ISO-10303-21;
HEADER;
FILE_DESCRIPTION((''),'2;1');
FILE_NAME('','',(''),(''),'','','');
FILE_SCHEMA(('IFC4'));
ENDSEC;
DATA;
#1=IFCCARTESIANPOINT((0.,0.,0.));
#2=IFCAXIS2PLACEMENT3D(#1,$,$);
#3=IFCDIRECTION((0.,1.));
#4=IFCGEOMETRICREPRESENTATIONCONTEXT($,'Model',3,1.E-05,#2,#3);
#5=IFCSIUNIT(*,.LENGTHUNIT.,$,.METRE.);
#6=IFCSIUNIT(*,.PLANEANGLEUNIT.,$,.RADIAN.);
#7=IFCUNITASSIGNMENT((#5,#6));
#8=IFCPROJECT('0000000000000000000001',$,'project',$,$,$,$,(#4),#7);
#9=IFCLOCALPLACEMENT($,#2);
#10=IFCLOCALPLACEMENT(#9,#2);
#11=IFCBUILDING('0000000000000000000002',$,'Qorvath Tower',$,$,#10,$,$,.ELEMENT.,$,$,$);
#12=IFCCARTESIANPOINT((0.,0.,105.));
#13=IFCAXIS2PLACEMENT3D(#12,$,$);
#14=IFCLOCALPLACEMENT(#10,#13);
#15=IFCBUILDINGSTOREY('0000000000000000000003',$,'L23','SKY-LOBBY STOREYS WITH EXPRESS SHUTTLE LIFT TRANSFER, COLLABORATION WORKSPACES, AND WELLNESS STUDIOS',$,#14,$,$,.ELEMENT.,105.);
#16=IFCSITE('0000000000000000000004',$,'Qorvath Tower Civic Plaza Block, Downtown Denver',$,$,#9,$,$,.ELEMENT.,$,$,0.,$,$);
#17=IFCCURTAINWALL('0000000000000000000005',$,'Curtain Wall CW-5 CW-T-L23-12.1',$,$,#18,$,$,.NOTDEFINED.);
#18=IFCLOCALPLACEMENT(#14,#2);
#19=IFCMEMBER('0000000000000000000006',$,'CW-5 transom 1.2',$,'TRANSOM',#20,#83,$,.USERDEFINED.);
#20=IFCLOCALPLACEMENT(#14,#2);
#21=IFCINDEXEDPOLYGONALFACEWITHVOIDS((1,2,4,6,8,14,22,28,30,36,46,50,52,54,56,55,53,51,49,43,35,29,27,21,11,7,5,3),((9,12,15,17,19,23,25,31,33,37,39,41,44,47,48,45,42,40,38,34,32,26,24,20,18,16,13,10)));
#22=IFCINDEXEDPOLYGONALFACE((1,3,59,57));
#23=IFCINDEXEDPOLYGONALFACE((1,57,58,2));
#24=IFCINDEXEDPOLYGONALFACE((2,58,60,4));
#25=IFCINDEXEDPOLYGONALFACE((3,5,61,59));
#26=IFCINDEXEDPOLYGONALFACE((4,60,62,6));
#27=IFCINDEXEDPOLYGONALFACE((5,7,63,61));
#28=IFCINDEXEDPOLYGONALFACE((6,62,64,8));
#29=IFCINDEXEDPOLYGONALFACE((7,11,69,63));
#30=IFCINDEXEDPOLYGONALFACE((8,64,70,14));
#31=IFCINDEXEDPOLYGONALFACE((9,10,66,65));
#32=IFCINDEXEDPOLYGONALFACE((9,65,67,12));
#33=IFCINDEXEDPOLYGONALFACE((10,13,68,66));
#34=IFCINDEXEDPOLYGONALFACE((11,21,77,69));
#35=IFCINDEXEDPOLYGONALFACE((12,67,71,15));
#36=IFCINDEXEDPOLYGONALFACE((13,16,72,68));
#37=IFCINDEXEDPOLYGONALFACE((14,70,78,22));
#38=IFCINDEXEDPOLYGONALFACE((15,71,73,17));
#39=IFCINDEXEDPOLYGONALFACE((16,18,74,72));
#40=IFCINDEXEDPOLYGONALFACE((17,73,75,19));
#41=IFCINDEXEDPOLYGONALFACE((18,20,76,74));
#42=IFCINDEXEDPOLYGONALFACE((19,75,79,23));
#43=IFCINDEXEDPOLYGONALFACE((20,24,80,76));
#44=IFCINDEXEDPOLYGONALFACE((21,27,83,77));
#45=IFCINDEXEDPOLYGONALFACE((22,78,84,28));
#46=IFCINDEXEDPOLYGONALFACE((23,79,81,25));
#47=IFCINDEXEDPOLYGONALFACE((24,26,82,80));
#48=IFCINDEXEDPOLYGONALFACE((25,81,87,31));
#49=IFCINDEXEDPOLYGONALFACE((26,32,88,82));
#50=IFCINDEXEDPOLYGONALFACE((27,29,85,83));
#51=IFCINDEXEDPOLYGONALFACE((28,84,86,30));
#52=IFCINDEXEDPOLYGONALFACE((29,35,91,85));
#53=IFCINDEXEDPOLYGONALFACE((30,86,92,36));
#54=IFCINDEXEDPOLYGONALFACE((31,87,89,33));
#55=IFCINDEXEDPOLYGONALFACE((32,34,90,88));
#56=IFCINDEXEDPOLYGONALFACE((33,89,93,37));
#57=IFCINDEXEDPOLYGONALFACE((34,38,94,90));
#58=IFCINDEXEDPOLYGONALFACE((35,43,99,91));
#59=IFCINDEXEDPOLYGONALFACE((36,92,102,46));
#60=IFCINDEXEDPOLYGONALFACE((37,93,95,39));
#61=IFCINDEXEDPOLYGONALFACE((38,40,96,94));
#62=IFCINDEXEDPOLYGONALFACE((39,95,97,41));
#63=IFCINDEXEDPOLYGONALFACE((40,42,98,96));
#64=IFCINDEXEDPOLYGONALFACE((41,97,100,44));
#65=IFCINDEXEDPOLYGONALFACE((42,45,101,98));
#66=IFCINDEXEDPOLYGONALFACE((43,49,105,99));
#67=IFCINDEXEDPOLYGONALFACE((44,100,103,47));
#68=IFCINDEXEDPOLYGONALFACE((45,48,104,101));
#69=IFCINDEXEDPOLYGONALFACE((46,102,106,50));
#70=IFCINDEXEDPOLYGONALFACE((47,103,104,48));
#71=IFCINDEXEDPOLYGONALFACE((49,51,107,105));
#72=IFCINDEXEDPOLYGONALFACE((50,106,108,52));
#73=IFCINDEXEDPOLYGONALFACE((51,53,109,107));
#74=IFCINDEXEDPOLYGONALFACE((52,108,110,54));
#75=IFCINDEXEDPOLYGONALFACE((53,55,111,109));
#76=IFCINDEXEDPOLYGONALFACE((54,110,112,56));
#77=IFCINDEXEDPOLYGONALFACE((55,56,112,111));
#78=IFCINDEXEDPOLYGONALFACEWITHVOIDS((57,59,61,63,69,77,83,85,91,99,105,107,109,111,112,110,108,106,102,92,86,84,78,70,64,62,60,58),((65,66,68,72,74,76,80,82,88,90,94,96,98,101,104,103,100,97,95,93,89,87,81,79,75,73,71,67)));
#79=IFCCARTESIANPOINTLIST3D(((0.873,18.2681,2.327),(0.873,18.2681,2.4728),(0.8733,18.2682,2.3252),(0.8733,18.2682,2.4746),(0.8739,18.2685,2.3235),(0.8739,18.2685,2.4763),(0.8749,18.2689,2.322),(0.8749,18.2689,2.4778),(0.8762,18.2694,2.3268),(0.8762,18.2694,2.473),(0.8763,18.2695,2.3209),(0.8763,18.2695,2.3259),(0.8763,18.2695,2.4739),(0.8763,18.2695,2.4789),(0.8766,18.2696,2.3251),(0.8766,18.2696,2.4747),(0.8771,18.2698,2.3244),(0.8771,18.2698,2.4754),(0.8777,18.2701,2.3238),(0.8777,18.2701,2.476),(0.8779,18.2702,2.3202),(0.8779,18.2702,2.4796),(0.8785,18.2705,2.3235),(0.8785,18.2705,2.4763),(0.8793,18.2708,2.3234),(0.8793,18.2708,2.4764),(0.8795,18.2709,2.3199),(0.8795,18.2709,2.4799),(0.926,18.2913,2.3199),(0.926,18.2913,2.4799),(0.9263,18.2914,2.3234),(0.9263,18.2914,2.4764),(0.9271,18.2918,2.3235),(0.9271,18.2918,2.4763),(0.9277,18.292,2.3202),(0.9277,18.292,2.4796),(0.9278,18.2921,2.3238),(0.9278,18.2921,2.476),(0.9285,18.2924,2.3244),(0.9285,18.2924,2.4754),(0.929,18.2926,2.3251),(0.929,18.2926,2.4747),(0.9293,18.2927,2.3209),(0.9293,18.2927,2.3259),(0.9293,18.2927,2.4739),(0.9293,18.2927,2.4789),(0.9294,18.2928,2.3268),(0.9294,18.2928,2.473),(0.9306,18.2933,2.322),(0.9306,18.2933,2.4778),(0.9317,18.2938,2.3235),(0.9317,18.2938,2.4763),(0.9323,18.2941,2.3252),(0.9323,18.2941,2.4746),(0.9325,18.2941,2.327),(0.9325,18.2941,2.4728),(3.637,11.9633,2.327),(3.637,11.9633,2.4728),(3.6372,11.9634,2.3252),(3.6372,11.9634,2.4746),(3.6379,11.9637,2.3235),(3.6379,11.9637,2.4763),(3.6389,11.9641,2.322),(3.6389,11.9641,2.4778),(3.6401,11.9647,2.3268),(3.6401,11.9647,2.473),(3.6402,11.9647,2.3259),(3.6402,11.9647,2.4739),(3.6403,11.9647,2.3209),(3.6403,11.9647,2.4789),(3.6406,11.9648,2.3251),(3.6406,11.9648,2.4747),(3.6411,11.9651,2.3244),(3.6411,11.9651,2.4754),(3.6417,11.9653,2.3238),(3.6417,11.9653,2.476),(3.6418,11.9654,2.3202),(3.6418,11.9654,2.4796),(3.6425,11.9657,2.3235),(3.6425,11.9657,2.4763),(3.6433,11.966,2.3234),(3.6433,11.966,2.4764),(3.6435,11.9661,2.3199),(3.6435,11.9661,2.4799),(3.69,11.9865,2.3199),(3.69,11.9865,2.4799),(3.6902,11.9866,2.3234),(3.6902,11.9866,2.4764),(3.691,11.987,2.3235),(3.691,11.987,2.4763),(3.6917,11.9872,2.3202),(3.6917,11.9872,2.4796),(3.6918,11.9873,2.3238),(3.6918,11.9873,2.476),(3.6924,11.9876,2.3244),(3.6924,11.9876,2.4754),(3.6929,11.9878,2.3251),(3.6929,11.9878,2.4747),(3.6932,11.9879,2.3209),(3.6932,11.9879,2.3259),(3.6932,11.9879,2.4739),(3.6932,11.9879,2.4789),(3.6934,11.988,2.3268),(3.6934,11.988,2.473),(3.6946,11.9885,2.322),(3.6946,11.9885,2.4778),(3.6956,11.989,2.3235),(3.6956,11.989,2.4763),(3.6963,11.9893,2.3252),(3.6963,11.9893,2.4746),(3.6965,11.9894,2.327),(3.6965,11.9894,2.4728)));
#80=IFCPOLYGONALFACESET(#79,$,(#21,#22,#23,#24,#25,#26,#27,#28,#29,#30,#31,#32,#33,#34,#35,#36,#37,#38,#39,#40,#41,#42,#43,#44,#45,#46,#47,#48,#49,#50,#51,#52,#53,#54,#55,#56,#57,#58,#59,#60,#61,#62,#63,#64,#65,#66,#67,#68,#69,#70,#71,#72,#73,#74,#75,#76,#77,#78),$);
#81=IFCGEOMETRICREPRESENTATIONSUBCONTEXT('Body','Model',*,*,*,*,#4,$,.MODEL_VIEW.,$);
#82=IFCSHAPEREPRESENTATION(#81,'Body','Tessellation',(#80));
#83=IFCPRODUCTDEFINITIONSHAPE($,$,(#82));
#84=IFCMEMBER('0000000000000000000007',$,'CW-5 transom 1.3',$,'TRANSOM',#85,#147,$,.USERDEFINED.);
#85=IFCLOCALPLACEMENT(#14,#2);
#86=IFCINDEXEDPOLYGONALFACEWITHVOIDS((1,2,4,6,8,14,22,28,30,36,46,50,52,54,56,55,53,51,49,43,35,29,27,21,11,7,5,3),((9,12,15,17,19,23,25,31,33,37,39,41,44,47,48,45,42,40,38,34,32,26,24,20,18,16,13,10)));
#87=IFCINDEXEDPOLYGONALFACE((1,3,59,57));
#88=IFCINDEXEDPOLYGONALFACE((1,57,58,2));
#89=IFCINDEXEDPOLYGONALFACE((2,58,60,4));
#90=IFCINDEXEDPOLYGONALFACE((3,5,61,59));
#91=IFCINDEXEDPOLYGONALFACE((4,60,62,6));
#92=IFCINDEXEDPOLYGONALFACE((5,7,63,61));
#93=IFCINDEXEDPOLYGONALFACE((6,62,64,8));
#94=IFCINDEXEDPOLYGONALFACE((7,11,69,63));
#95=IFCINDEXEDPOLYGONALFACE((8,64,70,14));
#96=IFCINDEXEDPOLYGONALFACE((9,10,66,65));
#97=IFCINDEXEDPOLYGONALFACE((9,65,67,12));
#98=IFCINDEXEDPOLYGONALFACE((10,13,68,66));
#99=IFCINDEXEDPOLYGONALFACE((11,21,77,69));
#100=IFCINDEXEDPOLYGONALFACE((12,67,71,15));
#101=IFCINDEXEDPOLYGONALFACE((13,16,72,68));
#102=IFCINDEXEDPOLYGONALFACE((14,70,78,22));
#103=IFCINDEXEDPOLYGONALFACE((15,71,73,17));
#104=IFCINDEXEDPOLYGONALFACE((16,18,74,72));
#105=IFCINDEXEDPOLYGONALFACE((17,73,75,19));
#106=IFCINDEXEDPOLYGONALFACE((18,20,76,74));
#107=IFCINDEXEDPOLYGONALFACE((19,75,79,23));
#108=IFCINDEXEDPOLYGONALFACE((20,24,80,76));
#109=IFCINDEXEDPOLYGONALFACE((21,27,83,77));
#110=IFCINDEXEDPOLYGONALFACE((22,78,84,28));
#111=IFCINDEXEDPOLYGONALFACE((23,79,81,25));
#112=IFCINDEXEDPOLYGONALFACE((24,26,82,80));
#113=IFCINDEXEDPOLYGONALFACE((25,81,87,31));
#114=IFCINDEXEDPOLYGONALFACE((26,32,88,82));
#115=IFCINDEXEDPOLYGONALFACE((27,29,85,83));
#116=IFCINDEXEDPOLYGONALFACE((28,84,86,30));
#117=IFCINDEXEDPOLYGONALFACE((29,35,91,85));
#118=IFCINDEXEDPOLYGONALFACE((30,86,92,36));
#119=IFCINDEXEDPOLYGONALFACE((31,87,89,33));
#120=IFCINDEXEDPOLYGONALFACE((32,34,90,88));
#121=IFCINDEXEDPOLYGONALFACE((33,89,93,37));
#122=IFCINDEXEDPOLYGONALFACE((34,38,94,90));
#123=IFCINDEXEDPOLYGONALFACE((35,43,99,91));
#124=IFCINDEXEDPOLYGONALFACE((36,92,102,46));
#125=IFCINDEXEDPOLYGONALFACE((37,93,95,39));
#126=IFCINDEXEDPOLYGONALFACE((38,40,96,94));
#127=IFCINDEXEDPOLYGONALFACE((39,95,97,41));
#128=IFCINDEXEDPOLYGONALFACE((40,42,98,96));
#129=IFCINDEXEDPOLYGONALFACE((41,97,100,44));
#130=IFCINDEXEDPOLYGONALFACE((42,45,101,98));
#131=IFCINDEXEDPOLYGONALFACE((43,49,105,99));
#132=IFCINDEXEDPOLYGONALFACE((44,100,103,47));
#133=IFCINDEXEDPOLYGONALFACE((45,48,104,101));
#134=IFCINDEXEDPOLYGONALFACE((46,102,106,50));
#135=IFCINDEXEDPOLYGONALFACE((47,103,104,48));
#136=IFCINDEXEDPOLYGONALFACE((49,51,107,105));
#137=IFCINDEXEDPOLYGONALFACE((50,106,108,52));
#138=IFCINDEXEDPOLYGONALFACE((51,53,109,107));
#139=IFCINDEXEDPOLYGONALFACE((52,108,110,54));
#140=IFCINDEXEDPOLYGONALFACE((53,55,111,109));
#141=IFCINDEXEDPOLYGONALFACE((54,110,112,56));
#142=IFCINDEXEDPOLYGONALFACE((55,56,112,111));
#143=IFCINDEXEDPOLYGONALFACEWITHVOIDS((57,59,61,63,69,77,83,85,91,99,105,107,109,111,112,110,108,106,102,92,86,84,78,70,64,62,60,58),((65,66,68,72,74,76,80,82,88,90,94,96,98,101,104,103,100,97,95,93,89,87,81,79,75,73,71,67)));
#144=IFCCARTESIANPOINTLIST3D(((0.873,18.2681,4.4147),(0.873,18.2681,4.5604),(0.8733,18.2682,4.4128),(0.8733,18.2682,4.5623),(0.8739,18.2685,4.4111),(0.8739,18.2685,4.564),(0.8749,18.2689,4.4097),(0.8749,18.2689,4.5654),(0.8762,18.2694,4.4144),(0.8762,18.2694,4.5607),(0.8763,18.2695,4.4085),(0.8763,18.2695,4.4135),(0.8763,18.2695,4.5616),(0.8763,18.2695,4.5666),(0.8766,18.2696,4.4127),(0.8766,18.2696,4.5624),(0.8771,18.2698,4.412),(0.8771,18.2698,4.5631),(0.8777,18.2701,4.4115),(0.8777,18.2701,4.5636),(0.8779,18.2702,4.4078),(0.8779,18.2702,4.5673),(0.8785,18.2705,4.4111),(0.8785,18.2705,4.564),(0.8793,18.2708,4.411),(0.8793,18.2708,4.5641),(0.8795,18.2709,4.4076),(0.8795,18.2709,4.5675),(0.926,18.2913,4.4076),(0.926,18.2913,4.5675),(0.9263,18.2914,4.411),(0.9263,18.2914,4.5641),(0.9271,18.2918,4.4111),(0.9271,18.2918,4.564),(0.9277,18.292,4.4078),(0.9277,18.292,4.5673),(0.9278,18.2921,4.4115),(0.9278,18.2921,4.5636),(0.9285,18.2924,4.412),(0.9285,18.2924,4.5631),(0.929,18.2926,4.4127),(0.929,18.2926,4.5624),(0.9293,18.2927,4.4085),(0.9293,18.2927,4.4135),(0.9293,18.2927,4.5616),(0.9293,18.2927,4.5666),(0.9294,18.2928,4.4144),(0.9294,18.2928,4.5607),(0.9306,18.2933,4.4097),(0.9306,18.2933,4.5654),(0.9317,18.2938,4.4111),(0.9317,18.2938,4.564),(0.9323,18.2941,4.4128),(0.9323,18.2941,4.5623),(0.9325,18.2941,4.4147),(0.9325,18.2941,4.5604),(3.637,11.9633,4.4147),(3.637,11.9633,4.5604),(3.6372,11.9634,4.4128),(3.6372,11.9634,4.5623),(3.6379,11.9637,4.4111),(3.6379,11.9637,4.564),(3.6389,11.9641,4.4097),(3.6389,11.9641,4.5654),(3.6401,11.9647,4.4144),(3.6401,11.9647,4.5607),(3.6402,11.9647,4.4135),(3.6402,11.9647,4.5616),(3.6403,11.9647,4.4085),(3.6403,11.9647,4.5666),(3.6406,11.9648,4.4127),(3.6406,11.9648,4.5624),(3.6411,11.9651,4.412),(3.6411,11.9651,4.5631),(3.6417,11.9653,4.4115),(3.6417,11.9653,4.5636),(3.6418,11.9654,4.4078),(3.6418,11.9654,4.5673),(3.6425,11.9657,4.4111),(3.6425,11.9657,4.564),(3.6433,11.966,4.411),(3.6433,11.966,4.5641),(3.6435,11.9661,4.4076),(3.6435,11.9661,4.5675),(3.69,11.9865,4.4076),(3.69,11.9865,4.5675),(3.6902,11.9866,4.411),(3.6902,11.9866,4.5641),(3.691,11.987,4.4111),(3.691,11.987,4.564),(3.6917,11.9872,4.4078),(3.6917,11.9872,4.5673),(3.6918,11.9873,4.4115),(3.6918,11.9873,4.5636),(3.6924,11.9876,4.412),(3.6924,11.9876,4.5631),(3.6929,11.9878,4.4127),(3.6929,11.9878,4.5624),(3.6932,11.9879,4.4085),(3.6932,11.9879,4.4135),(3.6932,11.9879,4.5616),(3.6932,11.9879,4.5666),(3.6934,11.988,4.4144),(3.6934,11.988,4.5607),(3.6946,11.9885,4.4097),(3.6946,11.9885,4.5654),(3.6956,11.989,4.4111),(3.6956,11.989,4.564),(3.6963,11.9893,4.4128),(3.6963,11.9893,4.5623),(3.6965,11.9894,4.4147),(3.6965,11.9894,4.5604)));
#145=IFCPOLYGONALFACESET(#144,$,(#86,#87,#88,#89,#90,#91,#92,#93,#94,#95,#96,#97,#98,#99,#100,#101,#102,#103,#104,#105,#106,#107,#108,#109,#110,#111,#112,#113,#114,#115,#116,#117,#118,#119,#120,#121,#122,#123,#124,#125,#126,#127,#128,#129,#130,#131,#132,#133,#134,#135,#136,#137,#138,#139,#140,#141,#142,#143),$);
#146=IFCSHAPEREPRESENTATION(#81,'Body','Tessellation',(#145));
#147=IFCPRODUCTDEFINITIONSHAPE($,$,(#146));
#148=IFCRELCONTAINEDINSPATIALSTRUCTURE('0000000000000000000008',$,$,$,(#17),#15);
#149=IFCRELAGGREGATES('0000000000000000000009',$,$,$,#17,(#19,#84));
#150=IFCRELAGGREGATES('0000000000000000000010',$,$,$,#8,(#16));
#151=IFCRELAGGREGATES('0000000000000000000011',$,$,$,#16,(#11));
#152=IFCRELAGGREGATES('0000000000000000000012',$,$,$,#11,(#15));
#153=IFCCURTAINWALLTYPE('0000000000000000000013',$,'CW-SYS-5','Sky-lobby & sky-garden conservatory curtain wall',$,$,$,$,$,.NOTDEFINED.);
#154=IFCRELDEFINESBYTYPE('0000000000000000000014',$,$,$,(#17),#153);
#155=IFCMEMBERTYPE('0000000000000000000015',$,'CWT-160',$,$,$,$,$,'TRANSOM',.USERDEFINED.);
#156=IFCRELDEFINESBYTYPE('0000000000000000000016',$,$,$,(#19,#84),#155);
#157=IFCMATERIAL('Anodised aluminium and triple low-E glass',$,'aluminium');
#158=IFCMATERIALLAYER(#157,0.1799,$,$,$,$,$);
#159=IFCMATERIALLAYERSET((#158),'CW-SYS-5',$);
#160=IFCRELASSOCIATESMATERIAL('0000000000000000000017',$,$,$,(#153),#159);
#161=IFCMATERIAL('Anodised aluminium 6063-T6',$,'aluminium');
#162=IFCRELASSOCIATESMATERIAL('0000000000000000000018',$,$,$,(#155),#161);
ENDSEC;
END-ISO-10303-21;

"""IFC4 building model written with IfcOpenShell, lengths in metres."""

from ifc_helpers import new_model, si_unit, direction, frame, origin, origin_2d, place, context, subcontext, project, spatial, hollow_rectangle, extrude, material, layer, layer_set, material_profile, profile_set, type_object, element, aggregate, save


model = new_model("IFC4")

# Units and contexts
model_context = context("Model", 3, precision=1e-05, world=origin(), true_north=direction((0.0, 1.0)))
body_context = subcontext(model_context, "Body", "Model", "MODEL_VIEW")
ifc_project = project(units=[si_unit("LENGTHUNIT", "METRE"), si_unit("PLANEANGLEUNIT", "RADIAN")], contexts=[model_context])

# Site, building, storey
site_placement = place(None, origin())
site = spatial("IfcSite", under=ifc_project, at=site_placement, Name="Qorvath Tower Civic Plaza Block, Downtown Denver", CompositionType="ELEMENT", RefElevation=0.0)
building_placement = place(site_placement, origin())
building = spatial("IfcBuilding", under=site, at=building_placement, Name="Qorvath Tower", CompositionType="ELEMENT")
storey_placement = place(building_placement, frame((0.0, 0.0, 105.0)))
storey = spatial("IfcBuildingStorey", under=building, at=storey_placement, Name="L23", Description="SKY-LOBBY STOREYS WITH EXPRESS SHUTTLE LIFT TRANSFER, COLLABORATION WORKSPACES, AND WELLNESS STUDIOS", CompositionType="ELEMENT", Elevation=105.0)

# Shared definitions
ifc_material_1 = material(Name="Anodised aluminium and triple low-E glass", Category="aluminium")
ifc_layer_1 = layer(ifc_material_1, 0.1799)
ifc_layer_set_1 = layer_set([ifc_layer_1], Name="CW-SYS-5")
curtain_wall_type = type_object("IfcCurtainWallType", Name="CW-SYS-5", Description="Sky-lobby & sky-garden conservatory curtain wall", PredefinedType="NOTDEFINED", material=ifc_layer_set_1)

# Curtain wall
curtain_wall_1_placement = place(storey_placement, origin())
curtain_wall_1 = element("IfcCurtainWall", 1, at=curtain_wall_1_placement, inside=storey, type_object=curtain_wall_type, Name="Curtain Wall CW-5 CW-T-L23-12.1", PredefinedType="NOTDEFINED")

# Members
ifc_material_2 = material(Name="Anodised aluminium 6063-T6", Category="aluminium")
ifc_material_profile_1 = material_profile(ifc_material_2, hollow_rectangle(XDim=0.0649, YDim=0.1599, WallThickness=0.0034, InnerFilletRadius=0.0034, OuterFilletRadius=0.0071, at=origin_2d()), Name="CWT 160x65")
ifc_profile_set_1 = profile_set([ifc_material_profile_1], Name="Anodised aluminium 6063-T6")
member_type_1 = type_object("IfcMemberType", Name="CWT-160", ElementType="TRANSOM", PredefinedType="USERDEFINED", material=ifc_profile_set_1)
member_1_placement = place(storey_placement, frame((3.6667, 11.9763, 2.3999), z_axis=(-0.401503, 0.915858, 0.0), x_axis=(-0.915858, -0.401503, 0.0)))
member_1 = element("IfcMember", 2, at=member_1_placement, type_object=member_type_1, Name="CW-5 transom 1.2", ObjectType="TRANSOM", PredefinedType="USERDEFINED", context=body_context, shape_type="SweptSolid", body=[
    extrude(hollow_rectangle(XDim=0.0649, YDim=0.1599, WallThickness=0.0034, InnerFilletRadius=0.0034, OuterFilletRadius=0.0071, at=origin_2d()), origin(), (0.0, 0.0, 1.0), 6.884),
])
member_2_placement = place(storey_placement, frame((3.6667, 11.9763, 4.4875), z_axis=(-0.401503, 0.915858, 0.0), x_axis=(-0.915858, -0.401503, 0.0)))
member_2 = element("IfcMember", 3, at=member_2_placement, type_object=member_type_1, Name="CW-5 transom 1.3", ObjectType="TRANSOM", PredefinedType="USERDEFINED", context=body_context, shape_type="SweptSolid", body=[
    extrude(hollow_rectangle(XDim=0.0649, YDim=0.1599, WallThickness=0.0034, InnerFilletRadius=0.0034, OuterFilletRadius=0.0071, at=origin_2d()), origin(), (0.0, 0.0, 1.0), 6.884),
])

aggregate(curtain_wall_1, [member_1, member_2])

save(model, "model.ifc")
